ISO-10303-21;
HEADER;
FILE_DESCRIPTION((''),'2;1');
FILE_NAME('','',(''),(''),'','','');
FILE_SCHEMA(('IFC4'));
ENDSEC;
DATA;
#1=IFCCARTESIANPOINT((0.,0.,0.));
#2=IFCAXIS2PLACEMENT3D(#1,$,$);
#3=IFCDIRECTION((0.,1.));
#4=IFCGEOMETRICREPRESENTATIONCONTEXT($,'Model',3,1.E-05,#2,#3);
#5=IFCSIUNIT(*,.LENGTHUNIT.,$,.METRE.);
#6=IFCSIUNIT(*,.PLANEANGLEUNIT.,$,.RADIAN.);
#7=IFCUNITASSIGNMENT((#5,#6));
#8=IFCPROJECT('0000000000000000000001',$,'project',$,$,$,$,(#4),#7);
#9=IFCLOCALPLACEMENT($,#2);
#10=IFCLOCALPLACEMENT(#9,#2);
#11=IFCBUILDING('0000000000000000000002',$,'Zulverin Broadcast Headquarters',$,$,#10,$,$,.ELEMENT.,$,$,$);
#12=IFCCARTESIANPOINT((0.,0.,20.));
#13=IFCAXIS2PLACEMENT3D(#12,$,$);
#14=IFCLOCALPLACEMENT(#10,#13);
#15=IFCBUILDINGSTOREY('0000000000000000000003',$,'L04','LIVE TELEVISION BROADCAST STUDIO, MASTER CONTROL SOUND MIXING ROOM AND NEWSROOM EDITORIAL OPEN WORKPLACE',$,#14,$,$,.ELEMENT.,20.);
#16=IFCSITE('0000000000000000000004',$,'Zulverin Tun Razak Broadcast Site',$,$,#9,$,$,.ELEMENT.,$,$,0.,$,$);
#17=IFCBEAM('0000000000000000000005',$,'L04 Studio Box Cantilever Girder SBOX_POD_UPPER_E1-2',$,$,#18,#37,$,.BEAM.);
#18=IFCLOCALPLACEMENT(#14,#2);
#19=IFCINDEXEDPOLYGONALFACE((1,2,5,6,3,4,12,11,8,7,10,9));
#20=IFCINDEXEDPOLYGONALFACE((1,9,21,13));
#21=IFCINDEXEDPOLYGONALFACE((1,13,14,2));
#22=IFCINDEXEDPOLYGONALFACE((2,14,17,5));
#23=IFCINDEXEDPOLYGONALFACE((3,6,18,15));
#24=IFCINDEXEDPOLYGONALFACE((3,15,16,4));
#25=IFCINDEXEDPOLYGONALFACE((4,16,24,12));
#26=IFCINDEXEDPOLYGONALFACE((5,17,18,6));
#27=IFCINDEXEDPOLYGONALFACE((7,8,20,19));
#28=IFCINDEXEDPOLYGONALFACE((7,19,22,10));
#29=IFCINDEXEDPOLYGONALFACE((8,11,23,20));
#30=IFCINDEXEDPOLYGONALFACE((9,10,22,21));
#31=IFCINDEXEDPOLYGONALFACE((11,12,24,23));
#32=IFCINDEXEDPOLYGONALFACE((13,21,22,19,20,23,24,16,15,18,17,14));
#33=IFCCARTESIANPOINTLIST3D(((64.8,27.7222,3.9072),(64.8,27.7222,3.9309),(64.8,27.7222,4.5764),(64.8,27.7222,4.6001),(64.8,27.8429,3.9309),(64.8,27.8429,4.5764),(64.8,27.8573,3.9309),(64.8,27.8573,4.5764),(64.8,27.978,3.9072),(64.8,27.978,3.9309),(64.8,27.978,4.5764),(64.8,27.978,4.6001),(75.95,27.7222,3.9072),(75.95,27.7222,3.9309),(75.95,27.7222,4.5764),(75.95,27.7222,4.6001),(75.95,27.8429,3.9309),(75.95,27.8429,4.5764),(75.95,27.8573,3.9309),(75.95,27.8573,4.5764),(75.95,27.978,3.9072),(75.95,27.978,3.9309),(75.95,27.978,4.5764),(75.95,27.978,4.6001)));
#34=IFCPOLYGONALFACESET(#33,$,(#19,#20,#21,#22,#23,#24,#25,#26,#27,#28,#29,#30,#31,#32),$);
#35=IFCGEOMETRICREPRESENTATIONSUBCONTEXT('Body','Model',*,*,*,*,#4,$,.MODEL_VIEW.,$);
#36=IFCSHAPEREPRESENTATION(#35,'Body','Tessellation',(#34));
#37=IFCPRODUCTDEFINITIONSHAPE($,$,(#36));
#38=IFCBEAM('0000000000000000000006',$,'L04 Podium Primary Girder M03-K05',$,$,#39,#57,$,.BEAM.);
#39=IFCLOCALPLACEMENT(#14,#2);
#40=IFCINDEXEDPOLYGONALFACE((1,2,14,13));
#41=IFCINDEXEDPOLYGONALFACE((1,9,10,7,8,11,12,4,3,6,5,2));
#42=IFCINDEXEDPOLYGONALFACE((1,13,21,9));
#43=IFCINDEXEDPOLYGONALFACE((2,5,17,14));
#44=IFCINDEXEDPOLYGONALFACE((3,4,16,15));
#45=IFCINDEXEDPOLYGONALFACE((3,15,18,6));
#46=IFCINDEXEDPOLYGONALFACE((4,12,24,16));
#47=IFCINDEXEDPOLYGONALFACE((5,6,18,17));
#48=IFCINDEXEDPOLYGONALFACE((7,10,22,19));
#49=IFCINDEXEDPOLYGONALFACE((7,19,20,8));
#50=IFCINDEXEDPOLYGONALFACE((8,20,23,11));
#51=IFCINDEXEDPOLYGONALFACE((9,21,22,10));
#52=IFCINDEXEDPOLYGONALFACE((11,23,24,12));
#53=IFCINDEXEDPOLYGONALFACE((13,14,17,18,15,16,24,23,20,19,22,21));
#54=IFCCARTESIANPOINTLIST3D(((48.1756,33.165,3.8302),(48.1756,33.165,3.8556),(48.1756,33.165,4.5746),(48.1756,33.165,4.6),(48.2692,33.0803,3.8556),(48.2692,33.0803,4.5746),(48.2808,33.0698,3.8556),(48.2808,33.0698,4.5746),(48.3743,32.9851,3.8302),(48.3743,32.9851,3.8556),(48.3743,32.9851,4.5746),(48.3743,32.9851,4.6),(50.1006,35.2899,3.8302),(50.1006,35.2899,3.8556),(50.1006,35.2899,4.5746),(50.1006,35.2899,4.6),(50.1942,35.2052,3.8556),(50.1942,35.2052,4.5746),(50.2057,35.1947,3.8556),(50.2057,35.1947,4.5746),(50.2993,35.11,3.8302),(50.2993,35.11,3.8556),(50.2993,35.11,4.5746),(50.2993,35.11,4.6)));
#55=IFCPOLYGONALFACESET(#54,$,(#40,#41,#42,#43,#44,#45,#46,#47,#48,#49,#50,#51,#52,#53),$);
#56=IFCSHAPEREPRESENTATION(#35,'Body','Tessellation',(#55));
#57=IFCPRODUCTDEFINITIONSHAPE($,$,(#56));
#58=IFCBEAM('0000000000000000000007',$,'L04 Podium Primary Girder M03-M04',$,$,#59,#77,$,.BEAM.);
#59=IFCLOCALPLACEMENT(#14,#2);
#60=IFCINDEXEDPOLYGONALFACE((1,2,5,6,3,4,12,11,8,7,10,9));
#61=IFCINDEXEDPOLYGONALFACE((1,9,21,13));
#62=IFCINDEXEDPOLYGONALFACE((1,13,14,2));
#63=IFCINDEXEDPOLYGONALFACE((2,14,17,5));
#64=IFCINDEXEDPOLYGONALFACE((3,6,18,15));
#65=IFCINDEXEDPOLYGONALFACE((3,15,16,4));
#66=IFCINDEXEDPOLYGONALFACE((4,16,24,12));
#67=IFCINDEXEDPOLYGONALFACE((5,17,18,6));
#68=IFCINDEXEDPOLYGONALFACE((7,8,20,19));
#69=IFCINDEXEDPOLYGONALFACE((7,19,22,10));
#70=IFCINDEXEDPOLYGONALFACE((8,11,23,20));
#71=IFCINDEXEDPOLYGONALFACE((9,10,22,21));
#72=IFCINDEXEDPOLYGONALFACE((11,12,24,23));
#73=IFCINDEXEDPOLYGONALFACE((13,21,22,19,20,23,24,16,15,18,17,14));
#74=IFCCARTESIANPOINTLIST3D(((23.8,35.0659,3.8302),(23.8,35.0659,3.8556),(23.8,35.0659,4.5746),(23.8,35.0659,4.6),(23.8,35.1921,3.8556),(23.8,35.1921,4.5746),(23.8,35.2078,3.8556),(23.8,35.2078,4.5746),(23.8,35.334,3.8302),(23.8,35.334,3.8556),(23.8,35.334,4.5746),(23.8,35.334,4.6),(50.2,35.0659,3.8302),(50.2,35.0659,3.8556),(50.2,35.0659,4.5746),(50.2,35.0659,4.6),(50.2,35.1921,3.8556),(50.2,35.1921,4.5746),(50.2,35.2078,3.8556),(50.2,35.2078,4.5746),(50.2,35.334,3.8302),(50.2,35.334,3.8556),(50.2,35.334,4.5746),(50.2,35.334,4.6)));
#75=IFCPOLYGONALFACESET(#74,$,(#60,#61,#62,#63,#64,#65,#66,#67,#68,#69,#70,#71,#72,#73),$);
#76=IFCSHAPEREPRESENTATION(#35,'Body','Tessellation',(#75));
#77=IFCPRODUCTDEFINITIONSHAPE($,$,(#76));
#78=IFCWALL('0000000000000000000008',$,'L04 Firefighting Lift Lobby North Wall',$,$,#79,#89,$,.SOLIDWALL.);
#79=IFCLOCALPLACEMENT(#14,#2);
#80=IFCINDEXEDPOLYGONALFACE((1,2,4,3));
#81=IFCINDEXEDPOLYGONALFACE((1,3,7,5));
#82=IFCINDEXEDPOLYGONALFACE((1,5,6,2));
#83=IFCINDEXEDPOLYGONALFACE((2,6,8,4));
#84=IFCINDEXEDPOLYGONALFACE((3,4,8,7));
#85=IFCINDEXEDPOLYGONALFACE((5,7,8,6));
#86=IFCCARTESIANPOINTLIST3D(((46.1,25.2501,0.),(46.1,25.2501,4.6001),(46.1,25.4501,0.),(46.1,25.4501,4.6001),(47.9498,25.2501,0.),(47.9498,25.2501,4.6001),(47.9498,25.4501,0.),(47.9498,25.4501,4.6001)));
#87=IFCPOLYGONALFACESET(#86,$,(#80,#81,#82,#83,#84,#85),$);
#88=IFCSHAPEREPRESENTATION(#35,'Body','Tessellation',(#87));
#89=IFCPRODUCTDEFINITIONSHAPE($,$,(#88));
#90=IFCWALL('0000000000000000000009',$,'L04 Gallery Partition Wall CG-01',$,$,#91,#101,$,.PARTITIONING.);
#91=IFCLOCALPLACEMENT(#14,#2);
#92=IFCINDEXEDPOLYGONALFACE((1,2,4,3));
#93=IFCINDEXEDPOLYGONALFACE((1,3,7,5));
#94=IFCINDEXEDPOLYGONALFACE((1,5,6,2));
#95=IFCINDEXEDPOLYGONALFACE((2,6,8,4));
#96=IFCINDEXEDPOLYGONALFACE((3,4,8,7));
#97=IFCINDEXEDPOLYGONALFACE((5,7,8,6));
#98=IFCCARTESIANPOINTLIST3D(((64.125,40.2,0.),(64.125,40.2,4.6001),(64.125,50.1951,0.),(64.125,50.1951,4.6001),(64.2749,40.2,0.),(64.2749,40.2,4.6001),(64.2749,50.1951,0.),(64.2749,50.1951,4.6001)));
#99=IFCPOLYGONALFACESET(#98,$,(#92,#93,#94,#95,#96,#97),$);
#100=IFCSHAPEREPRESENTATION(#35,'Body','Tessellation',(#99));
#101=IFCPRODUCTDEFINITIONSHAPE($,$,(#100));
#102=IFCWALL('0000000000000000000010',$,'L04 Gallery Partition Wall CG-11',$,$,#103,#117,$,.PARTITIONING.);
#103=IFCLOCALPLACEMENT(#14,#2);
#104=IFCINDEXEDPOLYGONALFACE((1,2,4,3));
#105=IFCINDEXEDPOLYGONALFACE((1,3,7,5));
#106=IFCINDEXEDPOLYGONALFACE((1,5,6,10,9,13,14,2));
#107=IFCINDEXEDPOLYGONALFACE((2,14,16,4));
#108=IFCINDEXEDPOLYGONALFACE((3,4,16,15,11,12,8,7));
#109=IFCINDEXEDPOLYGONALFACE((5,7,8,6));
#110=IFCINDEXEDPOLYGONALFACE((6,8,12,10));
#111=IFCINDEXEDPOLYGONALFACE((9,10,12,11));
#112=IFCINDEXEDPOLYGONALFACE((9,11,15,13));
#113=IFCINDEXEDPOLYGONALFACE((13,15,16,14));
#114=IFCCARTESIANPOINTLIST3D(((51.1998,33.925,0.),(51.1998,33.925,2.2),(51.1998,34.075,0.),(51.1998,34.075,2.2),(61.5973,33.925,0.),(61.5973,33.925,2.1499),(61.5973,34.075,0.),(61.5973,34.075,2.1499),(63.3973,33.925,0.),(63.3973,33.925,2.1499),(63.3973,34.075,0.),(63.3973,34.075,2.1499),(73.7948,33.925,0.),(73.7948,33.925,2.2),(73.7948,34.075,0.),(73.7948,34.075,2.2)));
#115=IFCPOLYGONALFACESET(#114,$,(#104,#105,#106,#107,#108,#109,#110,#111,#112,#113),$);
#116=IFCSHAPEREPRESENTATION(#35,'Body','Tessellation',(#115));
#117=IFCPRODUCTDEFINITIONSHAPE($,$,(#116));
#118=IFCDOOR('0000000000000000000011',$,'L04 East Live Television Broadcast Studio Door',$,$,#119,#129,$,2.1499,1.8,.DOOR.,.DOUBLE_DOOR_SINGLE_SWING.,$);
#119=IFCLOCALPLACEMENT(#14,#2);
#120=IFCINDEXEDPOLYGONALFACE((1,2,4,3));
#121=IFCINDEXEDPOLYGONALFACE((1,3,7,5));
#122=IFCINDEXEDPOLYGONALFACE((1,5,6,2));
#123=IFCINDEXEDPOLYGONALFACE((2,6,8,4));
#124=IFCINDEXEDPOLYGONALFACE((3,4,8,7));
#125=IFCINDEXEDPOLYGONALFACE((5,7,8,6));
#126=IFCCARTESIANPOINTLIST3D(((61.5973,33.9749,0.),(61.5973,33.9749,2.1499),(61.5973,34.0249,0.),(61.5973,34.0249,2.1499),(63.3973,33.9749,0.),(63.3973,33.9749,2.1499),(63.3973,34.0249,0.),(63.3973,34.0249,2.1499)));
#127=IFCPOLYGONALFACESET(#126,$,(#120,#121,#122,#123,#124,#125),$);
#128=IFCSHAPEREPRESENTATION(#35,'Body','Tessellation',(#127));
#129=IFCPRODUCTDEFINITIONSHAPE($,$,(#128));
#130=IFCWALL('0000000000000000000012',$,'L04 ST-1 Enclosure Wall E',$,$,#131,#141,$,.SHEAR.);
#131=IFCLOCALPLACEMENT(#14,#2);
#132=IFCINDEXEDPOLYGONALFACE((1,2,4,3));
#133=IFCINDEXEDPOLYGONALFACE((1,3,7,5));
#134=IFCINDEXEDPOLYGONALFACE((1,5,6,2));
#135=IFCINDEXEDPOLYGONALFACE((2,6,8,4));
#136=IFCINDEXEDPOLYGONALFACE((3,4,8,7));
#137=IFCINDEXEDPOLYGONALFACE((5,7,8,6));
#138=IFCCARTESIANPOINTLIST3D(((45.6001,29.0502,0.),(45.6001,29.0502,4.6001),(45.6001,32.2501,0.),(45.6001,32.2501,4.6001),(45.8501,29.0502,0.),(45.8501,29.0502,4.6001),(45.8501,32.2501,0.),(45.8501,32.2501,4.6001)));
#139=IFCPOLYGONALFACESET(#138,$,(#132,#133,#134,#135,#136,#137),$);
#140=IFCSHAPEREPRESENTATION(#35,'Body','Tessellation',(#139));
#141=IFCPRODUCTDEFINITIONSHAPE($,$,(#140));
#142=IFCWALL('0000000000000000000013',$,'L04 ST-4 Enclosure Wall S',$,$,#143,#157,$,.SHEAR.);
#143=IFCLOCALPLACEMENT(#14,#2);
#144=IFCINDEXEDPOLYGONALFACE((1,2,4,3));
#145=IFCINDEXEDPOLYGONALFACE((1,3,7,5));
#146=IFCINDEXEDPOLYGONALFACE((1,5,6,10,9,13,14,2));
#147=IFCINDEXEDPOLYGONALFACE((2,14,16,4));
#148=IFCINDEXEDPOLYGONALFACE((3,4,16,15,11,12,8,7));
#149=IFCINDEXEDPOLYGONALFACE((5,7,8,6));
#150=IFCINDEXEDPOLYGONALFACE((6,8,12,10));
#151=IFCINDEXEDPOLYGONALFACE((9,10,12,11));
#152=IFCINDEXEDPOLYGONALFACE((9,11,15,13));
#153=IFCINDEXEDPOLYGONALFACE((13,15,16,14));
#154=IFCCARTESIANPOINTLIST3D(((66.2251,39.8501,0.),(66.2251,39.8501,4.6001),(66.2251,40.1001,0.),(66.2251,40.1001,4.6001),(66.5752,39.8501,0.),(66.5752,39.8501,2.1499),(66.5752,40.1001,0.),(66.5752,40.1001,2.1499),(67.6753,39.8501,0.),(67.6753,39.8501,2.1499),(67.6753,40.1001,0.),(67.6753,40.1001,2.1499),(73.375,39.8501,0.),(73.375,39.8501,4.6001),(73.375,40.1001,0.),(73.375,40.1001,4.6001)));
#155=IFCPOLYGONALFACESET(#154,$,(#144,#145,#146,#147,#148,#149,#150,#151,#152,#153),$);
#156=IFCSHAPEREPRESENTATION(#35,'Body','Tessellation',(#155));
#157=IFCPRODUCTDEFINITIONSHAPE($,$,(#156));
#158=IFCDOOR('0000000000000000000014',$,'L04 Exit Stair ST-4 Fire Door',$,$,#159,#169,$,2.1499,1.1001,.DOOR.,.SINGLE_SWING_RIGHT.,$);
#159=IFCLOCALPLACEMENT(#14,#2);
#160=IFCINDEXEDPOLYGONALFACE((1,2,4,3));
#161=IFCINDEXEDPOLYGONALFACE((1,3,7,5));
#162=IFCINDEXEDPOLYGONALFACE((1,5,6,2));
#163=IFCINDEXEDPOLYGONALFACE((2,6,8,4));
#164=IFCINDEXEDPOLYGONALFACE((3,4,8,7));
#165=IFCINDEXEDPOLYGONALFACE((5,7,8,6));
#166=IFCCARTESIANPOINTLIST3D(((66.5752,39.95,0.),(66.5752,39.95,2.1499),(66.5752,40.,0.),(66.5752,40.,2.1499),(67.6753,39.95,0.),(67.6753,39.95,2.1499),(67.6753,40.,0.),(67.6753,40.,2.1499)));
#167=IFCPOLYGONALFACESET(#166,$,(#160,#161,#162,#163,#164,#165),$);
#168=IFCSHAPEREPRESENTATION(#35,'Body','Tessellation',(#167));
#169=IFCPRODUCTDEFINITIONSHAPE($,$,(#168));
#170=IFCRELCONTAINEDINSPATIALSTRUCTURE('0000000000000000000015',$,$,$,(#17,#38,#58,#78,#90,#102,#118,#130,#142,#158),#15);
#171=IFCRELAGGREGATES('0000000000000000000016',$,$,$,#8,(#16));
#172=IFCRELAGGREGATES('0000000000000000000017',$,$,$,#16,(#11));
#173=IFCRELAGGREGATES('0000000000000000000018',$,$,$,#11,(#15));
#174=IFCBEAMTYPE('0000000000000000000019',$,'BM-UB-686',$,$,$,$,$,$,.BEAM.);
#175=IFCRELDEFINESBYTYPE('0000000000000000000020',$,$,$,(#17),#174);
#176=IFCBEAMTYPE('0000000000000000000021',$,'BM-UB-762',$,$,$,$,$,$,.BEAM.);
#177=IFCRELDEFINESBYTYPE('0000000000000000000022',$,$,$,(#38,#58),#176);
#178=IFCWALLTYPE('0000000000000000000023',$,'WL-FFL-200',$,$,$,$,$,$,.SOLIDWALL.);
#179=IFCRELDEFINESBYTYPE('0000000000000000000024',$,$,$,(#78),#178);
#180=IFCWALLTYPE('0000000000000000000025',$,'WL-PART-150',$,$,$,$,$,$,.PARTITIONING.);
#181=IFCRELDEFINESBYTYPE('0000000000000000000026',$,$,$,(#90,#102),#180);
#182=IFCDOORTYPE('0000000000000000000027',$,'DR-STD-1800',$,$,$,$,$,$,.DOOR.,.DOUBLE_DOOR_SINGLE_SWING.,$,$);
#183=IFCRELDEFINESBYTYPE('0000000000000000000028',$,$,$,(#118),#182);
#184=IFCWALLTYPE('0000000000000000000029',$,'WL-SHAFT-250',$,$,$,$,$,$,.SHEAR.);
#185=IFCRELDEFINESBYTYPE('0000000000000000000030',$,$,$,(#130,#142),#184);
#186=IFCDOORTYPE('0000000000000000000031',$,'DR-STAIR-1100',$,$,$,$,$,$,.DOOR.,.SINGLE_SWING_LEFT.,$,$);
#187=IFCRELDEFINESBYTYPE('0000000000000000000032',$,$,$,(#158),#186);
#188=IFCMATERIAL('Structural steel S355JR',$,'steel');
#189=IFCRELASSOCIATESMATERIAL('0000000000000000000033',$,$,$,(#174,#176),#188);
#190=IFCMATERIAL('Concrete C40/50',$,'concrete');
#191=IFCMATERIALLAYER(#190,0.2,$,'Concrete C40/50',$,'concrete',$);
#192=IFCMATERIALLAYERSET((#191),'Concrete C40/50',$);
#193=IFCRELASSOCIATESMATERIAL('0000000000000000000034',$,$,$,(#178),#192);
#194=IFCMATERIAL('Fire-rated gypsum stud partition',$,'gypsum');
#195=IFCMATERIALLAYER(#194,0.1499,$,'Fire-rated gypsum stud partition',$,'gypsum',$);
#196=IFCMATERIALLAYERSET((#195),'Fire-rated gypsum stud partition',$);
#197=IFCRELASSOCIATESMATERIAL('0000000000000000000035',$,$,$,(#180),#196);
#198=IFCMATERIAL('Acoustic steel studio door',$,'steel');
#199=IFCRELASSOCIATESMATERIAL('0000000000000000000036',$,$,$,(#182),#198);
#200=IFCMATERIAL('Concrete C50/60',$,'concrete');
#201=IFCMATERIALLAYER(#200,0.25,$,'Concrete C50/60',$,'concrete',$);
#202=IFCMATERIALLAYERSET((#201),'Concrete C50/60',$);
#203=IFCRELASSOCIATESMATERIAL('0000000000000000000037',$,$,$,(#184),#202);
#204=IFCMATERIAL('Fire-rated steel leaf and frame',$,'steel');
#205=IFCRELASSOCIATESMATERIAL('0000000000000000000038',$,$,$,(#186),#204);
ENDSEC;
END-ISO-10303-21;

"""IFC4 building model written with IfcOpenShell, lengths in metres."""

from ifc_helpers import new_model, si_unit, direction, frame, frame_2d, origin, origin_2d, place, context, subcontext, project, spatial, rectangle, i_section, extrude, material, layer, layer_set, material_profile, profile_set, type_object, element, fill, save


model = new_model("IFC4")

# Units and contexts
model_context = context("Model", 3, precision=1e-05, world=origin(), true_north=direction((0.0, 1.0)))
body_context = subcontext(model_context, "Body", "Model", "MODEL_VIEW")
ifc_project = project(units=[si_unit("LENGTHUNIT", "METRE"), si_unit("PLANEANGLEUNIT", "RADIAN")], contexts=[model_context])

# Site, building, storey
site_placement = place(None, origin())
site = spatial("IfcSite", under=ifc_project, at=site_placement, Name="Zulverin Tun Razak Broadcast Site", CompositionType="ELEMENT", RefElevation=0.0)
building_placement = place(site_placement, origin())
building = spatial("IfcBuilding", under=site, at=building_placement, Name="Zulverin Broadcast Headquarters", CompositionType="ELEMENT")
storey_placement = place(building_placement, frame((0.0, 0.0, 20.0)))
storey = spatial("IfcBuildingStorey", under=building, at=storey_placement, Name="L04", Description="LIVE TELEVISION BROADCAST STUDIO, MASTER CONTROL SOUND MIXING ROOM AND NEWSROOM EDITORIAL OPEN WORKPLACE", CompositionType="ELEMENT", Elevation=20.0)

# Beams
ifc_material_1 = material(Name="Structural steel S355JR", Category="steel")
ifc_material_profile_1 = material_profile(ifc_material_1, i_section(OverallWidth=0.2559, OverallDepth=0.6929, WebThickness=0.0144, FlangeThickness=0.0237, at=origin_2d()), Name="Structural steel S355JR", Category="steel")
ifc_profile_set_1 = profile_set([ifc_material_profile_1], Name="Structural steel S355JR")
beam_type_1 = type_object("IfcBeamType", Name="BM-UB-686", PredefinedType="BEAM", material=ifc_profile_set_1)
beam_1_placement = place(storey_placement, frame((64.8, 27.8501, 4.2537), z_axis=(1.0, 0.0, 0.0), x_axis=(0.0, 1.0, 0.0)))
element("IfcBeam", 1, at=beam_1_placement, inside=storey, type_object=beam_type_1, Name="L04 Studio Box Cantilever Girder SBOX_POD_UPPER_E1-2", PredefinedType="BEAM", context=body_context, shape_type="SweptSolid", body=[
    extrude(i_section(OverallWidth=0.2559, OverallDepth=0.6929, WebThickness=0.0144, FlangeThickness=0.0237, at=origin_2d()), origin(), (0.0, 0.0, 1.0), 11.1499),
])
ifc_material_profile_2 = material_profile(ifc_material_1, i_section(OverallWidth=0.2681, OverallDepth=0.7698, WebThickness=0.0156, FlangeThickness=0.0254, at=origin_2d()), Name="Structural steel S355JR", Category="steel")
ifc_profile_set_2 = profile_set([ifc_material_profile_2], Name="Structural steel S355JR")
beam_type_2 = type_object("IfcBeamType", Name="BM-UB-762", PredefinedType="BEAM", material=ifc_profile_set_2)
beam_2_placement = place(storey_placement, frame((50.2, 35.2, 4.2151), z_axis=(-0.671379, -0.741114, 0.0), x_axis=(0.741114, -0.671379, 0.0)))
element("IfcBeam", 2, at=beam_2_placement, inside=storey, type_object=beam_type_2, Name="L04 Podium Primary Girder M03-K05", PredefinedType="BEAM", context=body_context, shape_type="SweptSolid", body=[
    extrude(i_section(OverallWidth=0.2681, OverallDepth=0.7698, WebThickness=0.0156, FlangeThickness=0.0254, at=origin_2d()), origin(), (0.0, 0.0, 1.0), 2.8672),
])
beam_3_placement = place(storey_placement, frame((50.2, 35.2, 4.2151), z_axis=(-1.0, 0.0, 0.0), x_axis=(0.0, -1.0, 0.0)))
element("IfcBeam", 3, at=beam_3_placement, inside=storey, type_object=beam_type_2, Name="L04 Podium Primary Girder M03-M04", PredefinedType="BEAM", context=body_context, shape_type="SweptSolid", body=[
    extrude(i_section(OverallWidth=0.2681, OverallDepth=0.7698, WebThickness=0.0156, FlangeThickness=0.0254, at=origin_2d()), origin(), (0.0, 0.0, 1.0), 26.3999),
])

# Walls
ifc_material_2 = material(Name="Concrete C40/50", Category="concrete")
ifc_layer_1 = layer(ifc_material_2, 0.2, Name="Concrete C40/50", Category="concrete")
ifc_layer_set_1 = layer_set([ifc_layer_1], Name="Concrete C40/50")
wall_type_1 = type_object("IfcWallType", Name="WL-FFL-200", PredefinedType="SOLIDWALL", material=ifc_layer_set_1)
wall_1_placement = place(storey_placement, frame((46.1001, 25.3501, 0.0), z_axis=(0.0, 0.0, 1.0), x_axis=(1.0, 0.0, 0.0)))
element("IfcWall", 4, at=wall_1_placement, inside=storey, type_object=wall_type_1, Name="L04 Firefighting Lift Lobby North Wall", PredefinedType="SOLIDWALL", context=body_context, shape_type="SweptSolid", body=[
    extrude(rectangle(XDim=1.8499, YDim=0.2, at=frame_2d((0.9248, 0.0))), origin(), (0.0, 0.0, 1.0), 4.6001),
])
ifc_material_3 = material(Name="Fire-rated gypsum stud partition", Category="gypsum")
ifc_layer_2 = layer(ifc_material_3, 0.1499, Name="Fire-rated gypsum stud partition", Category="gypsum")
ifc_layer_set_2 = layer_set([ifc_layer_2], Name="Fire-rated gypsum stud partition")
wall_type_2 = type_object("IfcWallType", Name="WL-PART-150", PredefinedType="PARTITIONING", material=ifc_layer_set_2)
wall_2_placement = place(storey_placement, frame((64.2, 40.2, 0.0), z_axis=(0.0, 0.0, 1.0), x_axis=(0.0, 1.0, 0.0)))
element("IfcWall", 5, at=wall_2_placement, inside=storey, type_object=wall_type_2, Name="L04 Gallery Partition Wall CG-01", PredefinedType="PARTITIONING", context=body_context, shape_type="SweptSolid", body=[
    extrude(rectangle(XDim=9.9951, YDim=0.1499, at=frame_2d((4.9976, 0.0))), origin(), (0.0, 0.0, 1.0), 4.6001),
])

# Wall, opening, door
wall_3_placement = place(storey_placement, frame((51.2, 34.0, 0.0), z_axis=(0.0, 0.0, 1.0), x_axis=(1.0, 0.0, 0.0)))
wall_3 = element("IfcWall", 6, at=wall_3_placement, inside=storey, type_object=wall_type_2, Name="L04 Gallery Partition Wall CG-11", PredefinedType="PARTITIONING", context=body_context, shape_type="SweptSolid", body=[
    extrude(rectangle(XDim=22.595, YDim=0.1499, at=frame_2d((11.2974, 0.0))), origin(), (0.0, 0.0, 1.0), 2.2),
])
opening_1_placement = place(wall_3_placement, frame((10.3975, 0.0, 0.0)))
opening_1 = element("IfcOpeningElement", 7, at=opening_1_placement, cuts=wall_3, PredefinedType="OPENING", context=body_context, shape_type="SweptSolid", body=[
    extrude(rectangle(XDim=1.8, YDim=2.1499, at=frame_2d((0.8999, 1.075))), frame((0.0, 0.085, 0.0), z_axis=(0.0, -1.0, 0.0), x_axis=(1.0, 0.0, 0.0)), (0.0, 0.0, 1.0), 0.1699),
])
ifc_material_4 = material(Name="Acoustic steel studio door", Category="steel")
door_type_1 = type_object("IfcDoorType", Name="DR-STD-1800", OperationType="DOUBLE_DOOR_SINGLE_SWING", PredefinedType="DOOR", material=ifc_material_4)
door_1_placement = place(opening_1_placement, origin())
door_1 = element("IfcDoor", 8, at=door_1_placement, inside=storey, type_object=door_type_1, Name="L04 East Live Television Broadcast Studio Door", OperationType="DOUBLE_DOOR_SINGLE_SWING", OverallHeight=2.1499, OverallWidth=1.8, PredefinedType="DOOR", context=body_context, shape_type="SweptSolid", body=[
    extrude(rectangle(XDim=1.8, YDim=2.1499, at=frame_2d((0.8999, 1.075))), frame((0.0, 0.0249, 0.0), z_axis=(0.0, -1.0, 0.0), x_axis=(1.0, 0.0, 0.0)), (0.0, 0.0, 1.0), 0.05),
])
fill(opening_1, door_1)

# Wall
ifc_material_5 = material(Name="Concrete C50/60", Category="concrete")
ifc_layer_3 = layer(ifc_material_5, 0.25, Name="Concrete C50/60", Category="concrete")
ifc_layer_set_3 = layer_set([ifc_layer_3], Name="Concrete C50/60")
wall_type_3 = type_object("IfcWallType", Name="WL-SHAFT-250", PredefinedType="SHEAR", material=ifc_layer_set_3)
wall_4_placement = place(storey_placement, frame((45.7251, 29.05, 0.0), z_axis=(0.0, 0.0, 1.0), x_axis=(0.0, 1.0, 0.0)))
element("IfcWall", 9, at=wall_4_placement, inside=storey, type_object=wall_type_3, Name="L04 ST-1 Enclosure Wall E", PredefinedType="SHEAR", context=body_context, shape_type="SweptSolid", body=[
    extrude(rectangle(XDim=3.2, YDim=0.25, at=frame_2d((1.6001, 0.0))), origin(), (0.0, 0.0, 1.0), 4.6001),
])

# Wall, opening, door
wall_5_placement = place(storey_placement, frame((66.2251, 39.9751, 0.0), z_axis=(0.0, 0.0, 1.0), x_axis=(1.0, 0.0, 0.0)))
wall_5 = element("IfcWall", 10, at=wall_5_placement, inside=storey, type_object=wall_type_3, Name="L04 ST-4 Enclosure Wall S", PredefinedType="SHEAR", context=body_context, shape_type="SweptSolid", body=[
    extrude(rectangle(XDim=7.1499, YDim=0.25, at=frame_2d((3.575, 0.0))), origin(), (0.0, 0.0, 1.0), 4.6001),
])
opening_2_placement = place(wall_5_placement, frame((0.3501, 0.0, 0.0)))
opening_2 = element("IfcOpeningElement", 11, at=opening_2_placement, cuts=wall_5, PredefinedType="OPENING", context=body_context, shape_type="SweptSolid", body=[
    extrude(rectangle(XDim=1.1001, YDim=2.1499, at=frame_2d((0.55, 1.075))), frame((0.0, 0.135, 0.0), z_axis=(0.0, -1.0, 0.0), x_axis=(1.0, 0.0, 0.0)), (0.0, 0.0, 1.0), 0.27),
])
ifc_material_6 = material(Name="Fire-rated steel leaf and frame", Category="steel")
door_type_2 = type_object("IfcDoorType", Name="DR-STAIR-1100", OperationType="SINGLE_SWING_LEFT", PredefinedType="DOOR", material=ifc_material_6)
door_2_placement = place(opening_2_placement, origin())
door_2 = element("IfcDoor", 12, at=door_2_placement, inside=storey, type_object=door_type_2, Name="L04 Exit Stair ST-4 Fire Door", OperationType="SINGLE_SWING_RIGHT", OverallHeight=2.1499, OverallWidth=1.1001, PredefinedType="DOOR", context=body_context, shape_type="SweptSolid", body=[
    extrude(rectangle(XDim=1.1001, YDim=2.1499, at=frame_2d((0.55, 1.075))), frame((0.0, 0.0249, 0.0), z_axis=(0.0, -1.0, 0.0), x_axis=(1.0, 0.0, 0.0)), (0.0, 0.0, 1.0), 0.05),
])
fill(opening_2, door_2)

save(model, "model.ifc")
